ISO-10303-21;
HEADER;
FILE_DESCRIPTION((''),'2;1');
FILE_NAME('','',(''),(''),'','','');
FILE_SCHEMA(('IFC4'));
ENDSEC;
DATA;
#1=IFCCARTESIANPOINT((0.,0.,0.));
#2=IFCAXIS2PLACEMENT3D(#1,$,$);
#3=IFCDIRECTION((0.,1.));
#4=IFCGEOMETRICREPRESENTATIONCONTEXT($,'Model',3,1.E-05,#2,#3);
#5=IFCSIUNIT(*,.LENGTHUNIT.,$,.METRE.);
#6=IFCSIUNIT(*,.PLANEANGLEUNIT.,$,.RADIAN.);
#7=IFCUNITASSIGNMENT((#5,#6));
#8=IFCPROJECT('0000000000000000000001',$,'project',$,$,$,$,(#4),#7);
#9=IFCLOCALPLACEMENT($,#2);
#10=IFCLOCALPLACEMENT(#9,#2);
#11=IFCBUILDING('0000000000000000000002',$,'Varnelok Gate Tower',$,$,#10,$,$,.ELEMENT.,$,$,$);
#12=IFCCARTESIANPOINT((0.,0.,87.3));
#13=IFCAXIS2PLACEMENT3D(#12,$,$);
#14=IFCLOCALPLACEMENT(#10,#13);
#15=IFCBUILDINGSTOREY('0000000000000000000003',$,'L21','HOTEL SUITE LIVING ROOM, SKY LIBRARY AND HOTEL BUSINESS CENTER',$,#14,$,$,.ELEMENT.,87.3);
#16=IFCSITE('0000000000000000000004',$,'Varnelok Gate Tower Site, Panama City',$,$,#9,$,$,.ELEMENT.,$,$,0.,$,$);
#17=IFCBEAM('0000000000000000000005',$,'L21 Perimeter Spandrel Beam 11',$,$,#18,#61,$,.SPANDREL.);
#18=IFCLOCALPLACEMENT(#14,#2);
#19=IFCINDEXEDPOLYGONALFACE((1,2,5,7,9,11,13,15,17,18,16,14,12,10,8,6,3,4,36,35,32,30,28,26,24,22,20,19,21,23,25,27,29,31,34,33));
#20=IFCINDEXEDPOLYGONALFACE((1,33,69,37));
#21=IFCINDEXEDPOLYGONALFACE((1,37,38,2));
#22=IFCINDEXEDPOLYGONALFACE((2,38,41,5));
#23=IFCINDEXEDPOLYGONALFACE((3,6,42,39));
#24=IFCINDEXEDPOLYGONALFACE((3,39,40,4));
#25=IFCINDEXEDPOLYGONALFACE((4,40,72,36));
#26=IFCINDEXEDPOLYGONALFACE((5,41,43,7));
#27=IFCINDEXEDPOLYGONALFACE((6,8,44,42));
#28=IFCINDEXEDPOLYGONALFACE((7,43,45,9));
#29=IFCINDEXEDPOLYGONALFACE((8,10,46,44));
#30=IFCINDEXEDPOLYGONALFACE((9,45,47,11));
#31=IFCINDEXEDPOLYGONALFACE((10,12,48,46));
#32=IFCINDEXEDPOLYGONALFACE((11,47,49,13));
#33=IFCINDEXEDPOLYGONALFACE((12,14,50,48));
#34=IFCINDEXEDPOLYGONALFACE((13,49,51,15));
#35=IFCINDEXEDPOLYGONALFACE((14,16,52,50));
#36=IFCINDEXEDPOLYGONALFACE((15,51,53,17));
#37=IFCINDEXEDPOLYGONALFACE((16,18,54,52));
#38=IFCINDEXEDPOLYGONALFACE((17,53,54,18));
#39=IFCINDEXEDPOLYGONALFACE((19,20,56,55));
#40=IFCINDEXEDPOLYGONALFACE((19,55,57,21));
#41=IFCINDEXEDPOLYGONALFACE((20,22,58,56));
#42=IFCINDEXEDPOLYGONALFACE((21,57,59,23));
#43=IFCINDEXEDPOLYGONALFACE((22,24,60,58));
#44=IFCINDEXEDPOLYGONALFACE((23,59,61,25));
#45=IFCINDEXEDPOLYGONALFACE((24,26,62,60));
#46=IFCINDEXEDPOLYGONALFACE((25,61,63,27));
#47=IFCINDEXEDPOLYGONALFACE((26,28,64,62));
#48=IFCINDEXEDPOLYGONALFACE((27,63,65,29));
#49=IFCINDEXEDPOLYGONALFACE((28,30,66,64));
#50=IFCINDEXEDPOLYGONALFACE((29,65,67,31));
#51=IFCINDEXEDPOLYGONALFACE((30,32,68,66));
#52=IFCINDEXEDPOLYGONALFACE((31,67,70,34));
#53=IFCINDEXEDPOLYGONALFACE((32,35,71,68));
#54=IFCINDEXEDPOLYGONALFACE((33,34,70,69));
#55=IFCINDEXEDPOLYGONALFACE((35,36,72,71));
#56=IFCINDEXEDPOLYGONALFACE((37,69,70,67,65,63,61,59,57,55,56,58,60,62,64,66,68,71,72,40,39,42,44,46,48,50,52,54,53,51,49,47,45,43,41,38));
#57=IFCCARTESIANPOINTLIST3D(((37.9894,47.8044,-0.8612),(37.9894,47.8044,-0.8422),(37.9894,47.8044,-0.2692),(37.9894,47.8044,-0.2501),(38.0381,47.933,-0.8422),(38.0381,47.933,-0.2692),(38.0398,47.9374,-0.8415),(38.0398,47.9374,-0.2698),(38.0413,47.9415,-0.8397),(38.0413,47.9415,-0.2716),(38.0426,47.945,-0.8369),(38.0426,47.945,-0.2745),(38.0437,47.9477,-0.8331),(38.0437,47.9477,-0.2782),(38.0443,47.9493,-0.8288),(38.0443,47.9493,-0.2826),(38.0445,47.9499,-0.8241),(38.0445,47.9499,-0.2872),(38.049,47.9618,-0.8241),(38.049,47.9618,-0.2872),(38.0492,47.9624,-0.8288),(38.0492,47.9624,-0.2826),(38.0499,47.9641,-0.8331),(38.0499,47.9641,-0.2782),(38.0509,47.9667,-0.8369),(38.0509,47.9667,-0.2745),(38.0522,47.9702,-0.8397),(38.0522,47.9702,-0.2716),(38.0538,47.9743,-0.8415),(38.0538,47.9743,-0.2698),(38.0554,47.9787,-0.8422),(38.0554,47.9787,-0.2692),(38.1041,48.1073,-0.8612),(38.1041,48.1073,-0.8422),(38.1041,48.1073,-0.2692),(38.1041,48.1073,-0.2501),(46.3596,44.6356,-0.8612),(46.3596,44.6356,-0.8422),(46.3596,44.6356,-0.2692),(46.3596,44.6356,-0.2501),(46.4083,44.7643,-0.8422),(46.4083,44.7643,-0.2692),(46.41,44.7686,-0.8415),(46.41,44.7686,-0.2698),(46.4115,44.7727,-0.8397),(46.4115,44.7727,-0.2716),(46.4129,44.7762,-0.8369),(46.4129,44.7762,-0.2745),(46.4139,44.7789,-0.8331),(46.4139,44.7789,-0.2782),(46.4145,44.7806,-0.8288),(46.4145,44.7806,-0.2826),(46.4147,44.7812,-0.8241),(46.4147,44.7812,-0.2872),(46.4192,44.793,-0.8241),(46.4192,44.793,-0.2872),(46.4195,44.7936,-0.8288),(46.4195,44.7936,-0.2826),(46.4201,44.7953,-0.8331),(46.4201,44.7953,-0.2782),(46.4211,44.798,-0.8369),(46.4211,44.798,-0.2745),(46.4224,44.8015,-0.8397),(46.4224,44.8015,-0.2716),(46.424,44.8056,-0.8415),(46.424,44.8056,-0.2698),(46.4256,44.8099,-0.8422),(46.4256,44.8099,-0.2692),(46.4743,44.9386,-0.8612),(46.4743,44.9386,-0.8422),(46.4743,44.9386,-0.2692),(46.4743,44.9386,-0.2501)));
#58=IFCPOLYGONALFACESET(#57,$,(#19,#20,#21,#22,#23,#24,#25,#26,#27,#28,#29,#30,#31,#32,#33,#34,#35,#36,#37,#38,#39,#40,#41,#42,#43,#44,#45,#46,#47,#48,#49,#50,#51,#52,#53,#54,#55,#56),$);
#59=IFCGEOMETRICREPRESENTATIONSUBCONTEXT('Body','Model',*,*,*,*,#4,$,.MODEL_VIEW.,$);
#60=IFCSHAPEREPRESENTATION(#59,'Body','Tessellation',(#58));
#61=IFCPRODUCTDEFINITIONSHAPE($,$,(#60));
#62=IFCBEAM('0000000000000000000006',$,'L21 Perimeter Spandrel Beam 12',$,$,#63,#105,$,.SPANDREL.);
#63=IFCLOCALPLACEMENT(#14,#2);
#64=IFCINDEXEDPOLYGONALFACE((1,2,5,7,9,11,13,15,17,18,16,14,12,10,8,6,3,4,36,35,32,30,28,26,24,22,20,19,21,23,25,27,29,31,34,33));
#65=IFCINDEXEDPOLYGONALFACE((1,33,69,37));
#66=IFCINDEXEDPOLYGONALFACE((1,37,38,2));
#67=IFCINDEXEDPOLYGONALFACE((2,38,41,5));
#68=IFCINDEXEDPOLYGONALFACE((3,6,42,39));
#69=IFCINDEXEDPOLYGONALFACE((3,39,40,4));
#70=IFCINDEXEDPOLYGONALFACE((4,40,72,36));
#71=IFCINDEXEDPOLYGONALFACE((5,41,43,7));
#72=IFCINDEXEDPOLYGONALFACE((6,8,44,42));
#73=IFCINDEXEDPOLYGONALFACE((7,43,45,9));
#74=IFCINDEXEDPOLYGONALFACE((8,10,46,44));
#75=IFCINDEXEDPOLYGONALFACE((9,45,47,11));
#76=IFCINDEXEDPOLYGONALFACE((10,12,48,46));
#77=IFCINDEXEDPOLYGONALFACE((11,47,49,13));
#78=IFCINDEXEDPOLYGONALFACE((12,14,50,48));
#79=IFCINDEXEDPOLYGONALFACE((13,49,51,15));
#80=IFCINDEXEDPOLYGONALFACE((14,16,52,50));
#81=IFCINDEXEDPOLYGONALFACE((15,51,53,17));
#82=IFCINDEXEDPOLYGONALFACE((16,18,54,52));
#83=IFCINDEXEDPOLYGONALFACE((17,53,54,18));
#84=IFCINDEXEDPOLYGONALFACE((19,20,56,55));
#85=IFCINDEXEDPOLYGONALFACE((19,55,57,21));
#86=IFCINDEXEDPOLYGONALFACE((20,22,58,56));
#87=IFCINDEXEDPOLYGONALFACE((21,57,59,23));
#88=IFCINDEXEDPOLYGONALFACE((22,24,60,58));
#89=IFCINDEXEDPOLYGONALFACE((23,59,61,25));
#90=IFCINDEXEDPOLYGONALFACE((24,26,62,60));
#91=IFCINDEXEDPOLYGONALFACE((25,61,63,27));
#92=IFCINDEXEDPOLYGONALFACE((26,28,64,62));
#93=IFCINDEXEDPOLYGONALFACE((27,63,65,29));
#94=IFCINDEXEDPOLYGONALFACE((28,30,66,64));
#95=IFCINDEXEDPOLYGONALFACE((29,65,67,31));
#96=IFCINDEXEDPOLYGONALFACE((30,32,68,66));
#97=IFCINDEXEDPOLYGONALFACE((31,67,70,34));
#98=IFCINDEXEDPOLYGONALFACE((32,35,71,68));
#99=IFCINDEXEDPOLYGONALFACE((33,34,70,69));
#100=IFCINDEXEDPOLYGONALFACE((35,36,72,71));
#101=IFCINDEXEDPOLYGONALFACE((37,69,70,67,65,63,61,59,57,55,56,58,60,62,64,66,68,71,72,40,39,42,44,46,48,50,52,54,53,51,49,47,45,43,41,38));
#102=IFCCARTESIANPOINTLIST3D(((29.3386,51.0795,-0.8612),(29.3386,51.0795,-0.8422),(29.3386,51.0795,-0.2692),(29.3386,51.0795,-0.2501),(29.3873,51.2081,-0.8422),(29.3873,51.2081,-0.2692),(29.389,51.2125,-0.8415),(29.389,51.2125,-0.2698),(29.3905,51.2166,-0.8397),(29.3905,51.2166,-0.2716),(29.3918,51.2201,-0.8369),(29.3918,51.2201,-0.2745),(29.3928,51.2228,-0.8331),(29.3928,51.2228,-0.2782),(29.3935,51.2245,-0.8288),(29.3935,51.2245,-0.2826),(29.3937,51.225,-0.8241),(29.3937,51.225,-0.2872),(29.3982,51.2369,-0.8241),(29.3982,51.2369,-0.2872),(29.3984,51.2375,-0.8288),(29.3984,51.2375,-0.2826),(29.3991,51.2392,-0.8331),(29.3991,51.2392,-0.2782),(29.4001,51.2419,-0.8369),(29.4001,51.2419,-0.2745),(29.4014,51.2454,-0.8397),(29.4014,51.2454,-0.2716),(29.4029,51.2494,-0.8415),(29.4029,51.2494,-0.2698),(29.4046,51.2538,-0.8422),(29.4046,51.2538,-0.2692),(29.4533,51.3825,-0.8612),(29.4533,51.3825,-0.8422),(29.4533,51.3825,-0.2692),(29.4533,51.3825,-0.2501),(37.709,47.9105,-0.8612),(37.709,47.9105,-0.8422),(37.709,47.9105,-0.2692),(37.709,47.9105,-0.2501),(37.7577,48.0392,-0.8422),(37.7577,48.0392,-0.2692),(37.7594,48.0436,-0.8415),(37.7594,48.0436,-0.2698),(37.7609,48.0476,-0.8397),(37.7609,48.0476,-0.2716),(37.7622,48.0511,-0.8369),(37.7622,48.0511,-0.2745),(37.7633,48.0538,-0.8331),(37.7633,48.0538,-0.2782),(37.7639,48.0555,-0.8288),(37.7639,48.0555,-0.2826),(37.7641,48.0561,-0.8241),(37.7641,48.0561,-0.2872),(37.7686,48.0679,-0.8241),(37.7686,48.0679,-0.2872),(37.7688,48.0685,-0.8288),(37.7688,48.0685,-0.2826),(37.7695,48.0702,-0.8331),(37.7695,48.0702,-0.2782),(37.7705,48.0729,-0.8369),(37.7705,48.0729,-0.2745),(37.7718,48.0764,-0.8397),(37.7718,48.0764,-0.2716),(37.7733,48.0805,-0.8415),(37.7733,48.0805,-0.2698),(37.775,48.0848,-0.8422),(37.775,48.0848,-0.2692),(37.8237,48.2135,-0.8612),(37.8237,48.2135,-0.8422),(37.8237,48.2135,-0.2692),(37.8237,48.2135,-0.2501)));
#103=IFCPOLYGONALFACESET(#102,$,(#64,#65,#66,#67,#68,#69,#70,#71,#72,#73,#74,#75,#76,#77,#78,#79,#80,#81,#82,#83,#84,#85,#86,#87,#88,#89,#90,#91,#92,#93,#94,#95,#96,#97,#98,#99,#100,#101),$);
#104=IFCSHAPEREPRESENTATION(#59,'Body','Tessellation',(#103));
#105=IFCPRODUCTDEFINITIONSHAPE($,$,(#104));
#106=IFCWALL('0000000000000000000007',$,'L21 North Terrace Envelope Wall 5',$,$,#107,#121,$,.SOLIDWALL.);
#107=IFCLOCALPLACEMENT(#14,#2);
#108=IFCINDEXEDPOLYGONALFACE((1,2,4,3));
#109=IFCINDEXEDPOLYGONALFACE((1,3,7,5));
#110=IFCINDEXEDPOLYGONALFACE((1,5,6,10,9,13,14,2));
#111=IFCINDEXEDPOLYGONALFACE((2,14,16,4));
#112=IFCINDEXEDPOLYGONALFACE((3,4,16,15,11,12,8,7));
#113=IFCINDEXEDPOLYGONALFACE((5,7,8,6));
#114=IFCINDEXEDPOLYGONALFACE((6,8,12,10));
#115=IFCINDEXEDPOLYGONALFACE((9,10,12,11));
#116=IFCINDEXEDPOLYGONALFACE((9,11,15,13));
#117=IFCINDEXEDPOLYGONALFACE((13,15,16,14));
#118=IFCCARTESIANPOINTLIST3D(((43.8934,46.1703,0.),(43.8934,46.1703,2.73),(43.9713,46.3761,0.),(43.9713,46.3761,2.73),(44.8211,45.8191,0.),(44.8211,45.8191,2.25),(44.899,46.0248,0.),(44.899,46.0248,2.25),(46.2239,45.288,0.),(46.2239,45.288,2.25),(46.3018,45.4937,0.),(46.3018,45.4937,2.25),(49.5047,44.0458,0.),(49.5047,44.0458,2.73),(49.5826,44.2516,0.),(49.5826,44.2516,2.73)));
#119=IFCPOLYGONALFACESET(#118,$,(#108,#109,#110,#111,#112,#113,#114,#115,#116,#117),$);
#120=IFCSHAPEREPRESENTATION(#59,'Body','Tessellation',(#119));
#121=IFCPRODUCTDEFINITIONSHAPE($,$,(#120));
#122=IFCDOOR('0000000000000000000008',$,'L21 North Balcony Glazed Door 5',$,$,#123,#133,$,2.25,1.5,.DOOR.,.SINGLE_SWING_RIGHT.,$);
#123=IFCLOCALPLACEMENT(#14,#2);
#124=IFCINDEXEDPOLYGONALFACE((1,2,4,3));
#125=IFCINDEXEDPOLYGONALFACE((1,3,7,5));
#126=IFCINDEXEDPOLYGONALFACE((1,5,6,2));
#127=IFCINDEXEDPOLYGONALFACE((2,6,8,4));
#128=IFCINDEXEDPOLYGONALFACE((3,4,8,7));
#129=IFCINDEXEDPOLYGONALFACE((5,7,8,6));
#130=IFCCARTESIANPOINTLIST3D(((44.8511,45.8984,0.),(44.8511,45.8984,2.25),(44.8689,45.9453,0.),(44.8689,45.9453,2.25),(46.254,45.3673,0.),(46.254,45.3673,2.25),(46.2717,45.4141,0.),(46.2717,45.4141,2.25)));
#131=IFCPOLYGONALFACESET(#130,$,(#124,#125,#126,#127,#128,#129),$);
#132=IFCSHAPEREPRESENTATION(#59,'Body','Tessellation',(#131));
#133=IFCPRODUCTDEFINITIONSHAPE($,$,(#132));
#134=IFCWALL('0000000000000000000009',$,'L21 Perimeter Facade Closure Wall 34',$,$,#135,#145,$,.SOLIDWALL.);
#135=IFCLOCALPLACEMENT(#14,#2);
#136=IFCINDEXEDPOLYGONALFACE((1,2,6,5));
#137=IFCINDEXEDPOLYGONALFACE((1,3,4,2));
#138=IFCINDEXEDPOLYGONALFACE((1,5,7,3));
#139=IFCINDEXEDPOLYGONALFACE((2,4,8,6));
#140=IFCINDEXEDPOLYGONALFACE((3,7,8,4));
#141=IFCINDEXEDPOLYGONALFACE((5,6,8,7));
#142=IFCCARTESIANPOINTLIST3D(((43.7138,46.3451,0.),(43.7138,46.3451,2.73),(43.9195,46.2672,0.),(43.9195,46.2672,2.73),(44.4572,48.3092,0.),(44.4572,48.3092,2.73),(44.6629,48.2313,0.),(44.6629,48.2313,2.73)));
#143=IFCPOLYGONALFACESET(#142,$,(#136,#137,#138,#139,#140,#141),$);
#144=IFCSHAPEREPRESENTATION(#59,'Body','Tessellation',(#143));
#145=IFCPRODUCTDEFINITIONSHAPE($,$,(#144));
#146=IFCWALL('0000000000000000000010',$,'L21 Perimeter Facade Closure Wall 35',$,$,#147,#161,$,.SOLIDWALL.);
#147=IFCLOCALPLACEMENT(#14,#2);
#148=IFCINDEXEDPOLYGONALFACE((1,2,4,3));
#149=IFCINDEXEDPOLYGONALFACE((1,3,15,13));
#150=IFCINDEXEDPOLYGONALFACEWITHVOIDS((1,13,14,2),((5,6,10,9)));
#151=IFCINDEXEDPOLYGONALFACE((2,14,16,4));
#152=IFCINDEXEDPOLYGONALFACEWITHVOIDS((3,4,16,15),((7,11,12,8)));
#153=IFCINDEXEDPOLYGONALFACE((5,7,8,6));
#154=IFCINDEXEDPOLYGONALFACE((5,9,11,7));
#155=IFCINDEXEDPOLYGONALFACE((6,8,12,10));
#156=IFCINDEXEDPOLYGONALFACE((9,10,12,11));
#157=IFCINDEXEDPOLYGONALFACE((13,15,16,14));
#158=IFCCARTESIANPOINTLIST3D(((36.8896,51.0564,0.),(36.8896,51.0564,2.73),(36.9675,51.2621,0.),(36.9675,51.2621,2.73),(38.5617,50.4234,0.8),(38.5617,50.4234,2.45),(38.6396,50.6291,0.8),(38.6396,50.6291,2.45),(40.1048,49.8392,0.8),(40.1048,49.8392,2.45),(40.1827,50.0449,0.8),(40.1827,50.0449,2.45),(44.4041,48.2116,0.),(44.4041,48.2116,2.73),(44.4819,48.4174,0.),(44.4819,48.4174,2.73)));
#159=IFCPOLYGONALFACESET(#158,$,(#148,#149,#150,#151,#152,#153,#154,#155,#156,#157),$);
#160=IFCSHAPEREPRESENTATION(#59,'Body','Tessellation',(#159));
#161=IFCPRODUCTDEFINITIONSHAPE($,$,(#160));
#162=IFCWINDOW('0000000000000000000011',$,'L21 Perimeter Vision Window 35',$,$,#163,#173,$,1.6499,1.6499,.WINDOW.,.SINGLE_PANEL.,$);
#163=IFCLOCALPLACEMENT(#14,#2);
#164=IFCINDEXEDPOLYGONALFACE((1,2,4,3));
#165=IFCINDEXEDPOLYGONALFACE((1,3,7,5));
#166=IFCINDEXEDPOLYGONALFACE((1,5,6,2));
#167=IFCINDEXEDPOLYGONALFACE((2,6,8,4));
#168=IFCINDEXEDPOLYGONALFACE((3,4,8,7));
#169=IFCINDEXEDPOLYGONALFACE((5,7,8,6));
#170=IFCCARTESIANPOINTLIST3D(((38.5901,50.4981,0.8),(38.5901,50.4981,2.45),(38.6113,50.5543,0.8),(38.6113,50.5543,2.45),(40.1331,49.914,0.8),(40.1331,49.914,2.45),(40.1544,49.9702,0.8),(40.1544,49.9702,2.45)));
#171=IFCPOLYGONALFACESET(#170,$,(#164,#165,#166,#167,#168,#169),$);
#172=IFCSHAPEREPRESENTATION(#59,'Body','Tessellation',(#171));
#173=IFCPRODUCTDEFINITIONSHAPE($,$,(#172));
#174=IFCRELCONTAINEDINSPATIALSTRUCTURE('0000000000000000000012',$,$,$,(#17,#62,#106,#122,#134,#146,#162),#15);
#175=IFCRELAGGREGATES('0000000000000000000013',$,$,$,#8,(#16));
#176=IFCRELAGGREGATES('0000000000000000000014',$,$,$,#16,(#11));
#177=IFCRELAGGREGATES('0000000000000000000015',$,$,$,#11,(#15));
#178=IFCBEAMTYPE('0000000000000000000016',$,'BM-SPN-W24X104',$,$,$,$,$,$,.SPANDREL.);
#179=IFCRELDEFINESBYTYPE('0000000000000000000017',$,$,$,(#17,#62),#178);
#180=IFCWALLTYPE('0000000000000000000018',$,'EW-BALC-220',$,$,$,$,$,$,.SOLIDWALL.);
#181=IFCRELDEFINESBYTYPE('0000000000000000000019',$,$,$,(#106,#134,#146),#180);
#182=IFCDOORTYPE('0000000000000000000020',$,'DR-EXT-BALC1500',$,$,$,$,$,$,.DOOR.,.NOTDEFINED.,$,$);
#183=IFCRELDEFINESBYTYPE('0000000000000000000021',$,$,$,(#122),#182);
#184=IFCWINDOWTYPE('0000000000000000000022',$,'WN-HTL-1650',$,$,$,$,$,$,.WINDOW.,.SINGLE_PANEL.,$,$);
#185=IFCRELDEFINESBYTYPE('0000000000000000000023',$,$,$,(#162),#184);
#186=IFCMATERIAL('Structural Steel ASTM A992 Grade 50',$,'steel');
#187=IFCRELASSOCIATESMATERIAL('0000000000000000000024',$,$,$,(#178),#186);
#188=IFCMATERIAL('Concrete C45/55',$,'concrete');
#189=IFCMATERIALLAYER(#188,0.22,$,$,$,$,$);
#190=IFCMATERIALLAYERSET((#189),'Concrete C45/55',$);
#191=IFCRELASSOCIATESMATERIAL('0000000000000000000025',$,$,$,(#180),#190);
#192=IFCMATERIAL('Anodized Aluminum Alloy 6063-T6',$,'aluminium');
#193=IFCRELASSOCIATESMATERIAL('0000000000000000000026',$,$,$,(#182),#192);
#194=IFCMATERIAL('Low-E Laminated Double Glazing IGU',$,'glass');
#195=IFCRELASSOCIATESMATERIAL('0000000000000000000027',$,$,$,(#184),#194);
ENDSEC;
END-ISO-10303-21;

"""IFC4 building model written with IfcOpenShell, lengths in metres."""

from ifc_helpers import new_model, si_unit, direction, frame, frame_2d, origin, origin_2d, place, context, subcontext, project, spatial, rectangle, i_section, extrude, material, layer, layer_set, material_profile, profile_set, type_object, element, fill, save


model = new_model("IFC4")

# Units and contexts
model_context = context("Model", 3, precision=1e-05, world=origin(), true_north=direction((0.0, 1.0)))
body_context = subcontext(model_context, "Body", "Model", "MODEL_VIEW")
ifc_project = project(units=[si_unit("LENGTHUNIT", "METRE"), si_unit("PLANEANGLEUNIT", "RADIAN")], contexts=[model_context])

# Site, building, storey
site_placement = place(None, origin())
site = spatial("IfcSite", under=ifc_project, at=site_placement, Name="Varnelok Gate Tower Site, Panama City", CompositionType="ELEMENT", RefElevation=0.0)
building_placement = place(site_placement, origin())
building = spatial("IfcBuilding", under=site, at=building_placement, Name="Varnelok Gate Tower", CompositionType="ELEMENT")
storey_placement = place(building_placement, frame((0.0, 0.0, 87.3)))
storey = spatial("IfcBuildingStorey", under=building, at=storey_placement, Name="L21", Description="HOTEL SUITE LIVING ROOM, SKY LIBRARY AND HOTEL BUSINESS CENTER", CompositionType="ELEMENT", Elevation=87.3)

# Shared definitions
ifc_material_1 = material(Name="Structural Steel ASTM A992 Grade 50", Category="steel")

# Beams
ifc_material_profile_1 = material_profile(ifc_material_1, i_section(OverallWidth=0.324, OverallDepth=0.6111, WebThickness=0.0127, FlangeThickness=0.019, FilletRadius=0.0181, at=origin_2d()), Name="W24X104")
ifc_profile_set_1 = profile_set([ifc_material_profile_1], Name="Structural Steel ASTM A992 Grade 50")
beam_type_1 = type_object("IfcBeamType", Name="BM-SPN-W24X104", PredefinedType="SPANDREL", material=ifc_profile_set_1)
beam_1_placement = place(storey_placement, frame((46.417, 44.7871, -0.5557), z_axis=(-0.935226, 0.354051, 0.0), x_axis=(-0.354051, -0.935226, 0.0)))
element("IfcBeam", 1, at=beam_1_placement, inside=storey, type_object=beam_type_1, Name="L21 Perimeter Spandrel Beam 11", PredefinedType="SPANDREL", context=body_context, shape_type="SweptSolid", body=[
    extrude(i_section(OverallWidth=0.324, OverallDepth=0.6111, WebThickness=0.0127, FlangeThickness=0.019, FilletRadius=0.0181, at=origin_2d()), origin(), (0.0, 0.0, 1.0), 8.95),
])
beam_2_placement = place(storey_placement, frame((37.7664, 48.062, -0.5557), z_axis=(-0.93522, 0.354066, 0.0), x_axis=(-0.354066, -0.93522, 0.0)))
element("IfcBeam", 2, at=beam_2_placement, inside=storey, type_object=beam_type_1, Name="L21 Perimeter Spandrel Beam 12", PredefinedType="SPANDREL", context=body_context, shape_type="SweptSolid", body=[
    extrude(i_section(OverallWidth=0.324, OverallDepth=0.6111, WebThickness=0.0127, FlangeThickness=0.019, FilletRadius=0.0181, at=origin_2d()), origin(), (0.0, 0.0, 1.0), 8.9502),
])

# Wall, opening, door
ifc_material_2 = material(Name="Concrete C45/55", Category="concrete")
ifc_layer_1 = layer(ifc_material_2, 0.22)
ifc_layer_set_1 = layer_set([ifc_layer_1], Name="Concrete C45/55")
wall_type_1 = type_object("IfcWallType", Name="EW-BALC-220", PredefinedType="SOLIDWALL", material=ifc_layer_set_1)
wall_1_placement = place(storey_placement, frame((43.9324, 46.2732, 0.0), z_axis=(0.0, 0.0, 1.0), x_axis=(0.935214, -0.354083, 0.0)))
wall_1 = element("IfcWall", 3, at=wall_1_placement, inside=storey, type_object=wall_type_1, Name="L21 North Terrace Envelope Wall 5", PredefinedType="SOLIDWALL", context=body_context, shape_type="SweptSolid", body=[
    extrude(rectangle(XDim=6.0, YDim=0.22, at=frame_2d((3.0, 0.0))), origin(), (0.0, 0.0, 1.0), 2.73),
])
opening_1_placement = place(wall_1_placement, frame((0.9919, 0.0, 0.0)))
opening_1 = element("IfcOpeningElement", 4, at=opening_1_placement, cuts=wall_1, PredefinedType="OPENING", context=body_context, shape_type="SweptSolid", body=[
    extrude(rectangle(XDim=1.5, YDim=2.25, at=frame_2d((0.75, 1.125))), frame((0.0, 0.1199, 0.0), z_axis=(0.0, -1.0, 0.0), x_axis=(1.0, 0.0, 0.0)), (0.0, 0.0, 1.0), 0.24),
])
ifc_material_3 = material(Name="Anodized Aluminum Alloy 6063-T6", Category="aluminium")
door_type_1 = type_object("IfcDoorType", Name="DR-EXT-BALC1500", OperationType="NOTDEFINED", PredefinedType="DOOR", material=ifc_material_3)
door_1_placement = place(opening_1_placement, origin())
door_1 = element("IfcDoor", 5, at=door_1_placement, inside=storey, type_object=door_type_1, Name="L21 North Balcony Glazed Door 5", OperationType="SINGLE_SWING_RIGHT", OverallHeight=2.25, OverallWidth=1.5, PredefinedType="DOOR", context=body_context, shape_type="SweptSolid", body=[
    extrude(rectangle(XDim=1.5, YDim=2.25, at=frame_2d((0.75, 1.125))), frame((0.0, 0.0249, 0.0), z_axis=(0.0, -1.0, 0.0), x_axis=(1.0, 0.0, 0.0)), (0.0, 0.0, 1.0), 0.05),
])
fill(opening_1, door_1)

# Wall
wall_2_placement = place(storey_placement, frame((43.8167, 46.3062, 0.0), z_axis=(0.0, 0.0, 1.0), x_axis=(0.353988, 0.93525, 0.0)))
element("IfcWall", 6, at=wall_2_placement, inside=storey, type_object=wall_type_1, Name="L21 Perimeter Facade Closure Wall 34", PredefinedType="SOLIDWALL", context=body_context, shape_type="SweptSolid", body=[
    extrude(rectangle(XDim=2.1001, YDim=0.22, at=frame_2d((1.05, 0.0))), origin(), (0.0, 0.0, 1.0), 2.73),
])

# Wall, opening, window
wall_3_placement = place(storey_placement, frame((44.4431, 48.3145, 0.0), z_axis=(0.0, 0.0, 1.0), x_axis=(-0.935227, 0.354049, 0.0)))
wall_3 = element("IfcWall", 7, at=wall_3_placement, inside=storey, type_object=wall_type_1, Name="L21 Perimeter Facade Closure Wall 35", PredefinedType="SOLIDWALL", context=body_context, shape_type="SweptSolid", body=[
    extrude(rectangle(XDim=8.0349, YDim=0.22, at=frame_2d((4.0176, 0.0))), origin(), (0.0, 0.0, 1.0), 2.73),
])
opening_2_placement = place(wall_3_placement, frame((4.5972, 0.0, 0.8)))
opening_2 = element("IfcOpeningElement", 8, at=opening_2_placement, cuts=wall_3, PredefinedType="OPENING", context=body_context, shape_type="SweptSolid", body=[
    extrude(rectangle(XDim=1.6499, YDim=1.6499, at=frame_2d((0.825, 0.825))), frame((0.0, 0.1199, 0.0), z_axis=(0.0, -1.0, 0.0), x_axis=(1.0, 0.0, 0.0)), (0.0, 0.0, 1.0), 0.24),
])
ifc_material_4 = material(Name="Low-E Laminated Double Glazing IGU", Category="glass")
window_type = type_object("IfcWindowType", Name="WN-HTL-1650", PartitioningType="SINGLE_PANEL", PredefinedType="WINDOW", material=ifc_material_4)
window_placement = place(opening_2_placement, origin())
window = element("IfcWindow", 9, at=window_placement, inside=storey, type_object=window_type, Name="L21 Perimeter Vision Window 35", OverallHeight=1.6499, OverallWidth=1.6499, PartitioningType="SINGLE_PANEL", PredefinedType="WINDOW", context=body_context, shape_type="SweptSolid", body=[
    extrude(rectangle(XDim=1.6499, YDim=1.6499, at=frame_2d((0.825, 0.825))), frame((0.0, 0.03, 0.0), z_axis=(0.0, -1.0, 0.0), x_axis=(1.0, 0.0, 0.0)), (0.0, 0.0, 1.0), 0.0601),
])
fill(opening_2, window)

save(model, "model.ifc")
